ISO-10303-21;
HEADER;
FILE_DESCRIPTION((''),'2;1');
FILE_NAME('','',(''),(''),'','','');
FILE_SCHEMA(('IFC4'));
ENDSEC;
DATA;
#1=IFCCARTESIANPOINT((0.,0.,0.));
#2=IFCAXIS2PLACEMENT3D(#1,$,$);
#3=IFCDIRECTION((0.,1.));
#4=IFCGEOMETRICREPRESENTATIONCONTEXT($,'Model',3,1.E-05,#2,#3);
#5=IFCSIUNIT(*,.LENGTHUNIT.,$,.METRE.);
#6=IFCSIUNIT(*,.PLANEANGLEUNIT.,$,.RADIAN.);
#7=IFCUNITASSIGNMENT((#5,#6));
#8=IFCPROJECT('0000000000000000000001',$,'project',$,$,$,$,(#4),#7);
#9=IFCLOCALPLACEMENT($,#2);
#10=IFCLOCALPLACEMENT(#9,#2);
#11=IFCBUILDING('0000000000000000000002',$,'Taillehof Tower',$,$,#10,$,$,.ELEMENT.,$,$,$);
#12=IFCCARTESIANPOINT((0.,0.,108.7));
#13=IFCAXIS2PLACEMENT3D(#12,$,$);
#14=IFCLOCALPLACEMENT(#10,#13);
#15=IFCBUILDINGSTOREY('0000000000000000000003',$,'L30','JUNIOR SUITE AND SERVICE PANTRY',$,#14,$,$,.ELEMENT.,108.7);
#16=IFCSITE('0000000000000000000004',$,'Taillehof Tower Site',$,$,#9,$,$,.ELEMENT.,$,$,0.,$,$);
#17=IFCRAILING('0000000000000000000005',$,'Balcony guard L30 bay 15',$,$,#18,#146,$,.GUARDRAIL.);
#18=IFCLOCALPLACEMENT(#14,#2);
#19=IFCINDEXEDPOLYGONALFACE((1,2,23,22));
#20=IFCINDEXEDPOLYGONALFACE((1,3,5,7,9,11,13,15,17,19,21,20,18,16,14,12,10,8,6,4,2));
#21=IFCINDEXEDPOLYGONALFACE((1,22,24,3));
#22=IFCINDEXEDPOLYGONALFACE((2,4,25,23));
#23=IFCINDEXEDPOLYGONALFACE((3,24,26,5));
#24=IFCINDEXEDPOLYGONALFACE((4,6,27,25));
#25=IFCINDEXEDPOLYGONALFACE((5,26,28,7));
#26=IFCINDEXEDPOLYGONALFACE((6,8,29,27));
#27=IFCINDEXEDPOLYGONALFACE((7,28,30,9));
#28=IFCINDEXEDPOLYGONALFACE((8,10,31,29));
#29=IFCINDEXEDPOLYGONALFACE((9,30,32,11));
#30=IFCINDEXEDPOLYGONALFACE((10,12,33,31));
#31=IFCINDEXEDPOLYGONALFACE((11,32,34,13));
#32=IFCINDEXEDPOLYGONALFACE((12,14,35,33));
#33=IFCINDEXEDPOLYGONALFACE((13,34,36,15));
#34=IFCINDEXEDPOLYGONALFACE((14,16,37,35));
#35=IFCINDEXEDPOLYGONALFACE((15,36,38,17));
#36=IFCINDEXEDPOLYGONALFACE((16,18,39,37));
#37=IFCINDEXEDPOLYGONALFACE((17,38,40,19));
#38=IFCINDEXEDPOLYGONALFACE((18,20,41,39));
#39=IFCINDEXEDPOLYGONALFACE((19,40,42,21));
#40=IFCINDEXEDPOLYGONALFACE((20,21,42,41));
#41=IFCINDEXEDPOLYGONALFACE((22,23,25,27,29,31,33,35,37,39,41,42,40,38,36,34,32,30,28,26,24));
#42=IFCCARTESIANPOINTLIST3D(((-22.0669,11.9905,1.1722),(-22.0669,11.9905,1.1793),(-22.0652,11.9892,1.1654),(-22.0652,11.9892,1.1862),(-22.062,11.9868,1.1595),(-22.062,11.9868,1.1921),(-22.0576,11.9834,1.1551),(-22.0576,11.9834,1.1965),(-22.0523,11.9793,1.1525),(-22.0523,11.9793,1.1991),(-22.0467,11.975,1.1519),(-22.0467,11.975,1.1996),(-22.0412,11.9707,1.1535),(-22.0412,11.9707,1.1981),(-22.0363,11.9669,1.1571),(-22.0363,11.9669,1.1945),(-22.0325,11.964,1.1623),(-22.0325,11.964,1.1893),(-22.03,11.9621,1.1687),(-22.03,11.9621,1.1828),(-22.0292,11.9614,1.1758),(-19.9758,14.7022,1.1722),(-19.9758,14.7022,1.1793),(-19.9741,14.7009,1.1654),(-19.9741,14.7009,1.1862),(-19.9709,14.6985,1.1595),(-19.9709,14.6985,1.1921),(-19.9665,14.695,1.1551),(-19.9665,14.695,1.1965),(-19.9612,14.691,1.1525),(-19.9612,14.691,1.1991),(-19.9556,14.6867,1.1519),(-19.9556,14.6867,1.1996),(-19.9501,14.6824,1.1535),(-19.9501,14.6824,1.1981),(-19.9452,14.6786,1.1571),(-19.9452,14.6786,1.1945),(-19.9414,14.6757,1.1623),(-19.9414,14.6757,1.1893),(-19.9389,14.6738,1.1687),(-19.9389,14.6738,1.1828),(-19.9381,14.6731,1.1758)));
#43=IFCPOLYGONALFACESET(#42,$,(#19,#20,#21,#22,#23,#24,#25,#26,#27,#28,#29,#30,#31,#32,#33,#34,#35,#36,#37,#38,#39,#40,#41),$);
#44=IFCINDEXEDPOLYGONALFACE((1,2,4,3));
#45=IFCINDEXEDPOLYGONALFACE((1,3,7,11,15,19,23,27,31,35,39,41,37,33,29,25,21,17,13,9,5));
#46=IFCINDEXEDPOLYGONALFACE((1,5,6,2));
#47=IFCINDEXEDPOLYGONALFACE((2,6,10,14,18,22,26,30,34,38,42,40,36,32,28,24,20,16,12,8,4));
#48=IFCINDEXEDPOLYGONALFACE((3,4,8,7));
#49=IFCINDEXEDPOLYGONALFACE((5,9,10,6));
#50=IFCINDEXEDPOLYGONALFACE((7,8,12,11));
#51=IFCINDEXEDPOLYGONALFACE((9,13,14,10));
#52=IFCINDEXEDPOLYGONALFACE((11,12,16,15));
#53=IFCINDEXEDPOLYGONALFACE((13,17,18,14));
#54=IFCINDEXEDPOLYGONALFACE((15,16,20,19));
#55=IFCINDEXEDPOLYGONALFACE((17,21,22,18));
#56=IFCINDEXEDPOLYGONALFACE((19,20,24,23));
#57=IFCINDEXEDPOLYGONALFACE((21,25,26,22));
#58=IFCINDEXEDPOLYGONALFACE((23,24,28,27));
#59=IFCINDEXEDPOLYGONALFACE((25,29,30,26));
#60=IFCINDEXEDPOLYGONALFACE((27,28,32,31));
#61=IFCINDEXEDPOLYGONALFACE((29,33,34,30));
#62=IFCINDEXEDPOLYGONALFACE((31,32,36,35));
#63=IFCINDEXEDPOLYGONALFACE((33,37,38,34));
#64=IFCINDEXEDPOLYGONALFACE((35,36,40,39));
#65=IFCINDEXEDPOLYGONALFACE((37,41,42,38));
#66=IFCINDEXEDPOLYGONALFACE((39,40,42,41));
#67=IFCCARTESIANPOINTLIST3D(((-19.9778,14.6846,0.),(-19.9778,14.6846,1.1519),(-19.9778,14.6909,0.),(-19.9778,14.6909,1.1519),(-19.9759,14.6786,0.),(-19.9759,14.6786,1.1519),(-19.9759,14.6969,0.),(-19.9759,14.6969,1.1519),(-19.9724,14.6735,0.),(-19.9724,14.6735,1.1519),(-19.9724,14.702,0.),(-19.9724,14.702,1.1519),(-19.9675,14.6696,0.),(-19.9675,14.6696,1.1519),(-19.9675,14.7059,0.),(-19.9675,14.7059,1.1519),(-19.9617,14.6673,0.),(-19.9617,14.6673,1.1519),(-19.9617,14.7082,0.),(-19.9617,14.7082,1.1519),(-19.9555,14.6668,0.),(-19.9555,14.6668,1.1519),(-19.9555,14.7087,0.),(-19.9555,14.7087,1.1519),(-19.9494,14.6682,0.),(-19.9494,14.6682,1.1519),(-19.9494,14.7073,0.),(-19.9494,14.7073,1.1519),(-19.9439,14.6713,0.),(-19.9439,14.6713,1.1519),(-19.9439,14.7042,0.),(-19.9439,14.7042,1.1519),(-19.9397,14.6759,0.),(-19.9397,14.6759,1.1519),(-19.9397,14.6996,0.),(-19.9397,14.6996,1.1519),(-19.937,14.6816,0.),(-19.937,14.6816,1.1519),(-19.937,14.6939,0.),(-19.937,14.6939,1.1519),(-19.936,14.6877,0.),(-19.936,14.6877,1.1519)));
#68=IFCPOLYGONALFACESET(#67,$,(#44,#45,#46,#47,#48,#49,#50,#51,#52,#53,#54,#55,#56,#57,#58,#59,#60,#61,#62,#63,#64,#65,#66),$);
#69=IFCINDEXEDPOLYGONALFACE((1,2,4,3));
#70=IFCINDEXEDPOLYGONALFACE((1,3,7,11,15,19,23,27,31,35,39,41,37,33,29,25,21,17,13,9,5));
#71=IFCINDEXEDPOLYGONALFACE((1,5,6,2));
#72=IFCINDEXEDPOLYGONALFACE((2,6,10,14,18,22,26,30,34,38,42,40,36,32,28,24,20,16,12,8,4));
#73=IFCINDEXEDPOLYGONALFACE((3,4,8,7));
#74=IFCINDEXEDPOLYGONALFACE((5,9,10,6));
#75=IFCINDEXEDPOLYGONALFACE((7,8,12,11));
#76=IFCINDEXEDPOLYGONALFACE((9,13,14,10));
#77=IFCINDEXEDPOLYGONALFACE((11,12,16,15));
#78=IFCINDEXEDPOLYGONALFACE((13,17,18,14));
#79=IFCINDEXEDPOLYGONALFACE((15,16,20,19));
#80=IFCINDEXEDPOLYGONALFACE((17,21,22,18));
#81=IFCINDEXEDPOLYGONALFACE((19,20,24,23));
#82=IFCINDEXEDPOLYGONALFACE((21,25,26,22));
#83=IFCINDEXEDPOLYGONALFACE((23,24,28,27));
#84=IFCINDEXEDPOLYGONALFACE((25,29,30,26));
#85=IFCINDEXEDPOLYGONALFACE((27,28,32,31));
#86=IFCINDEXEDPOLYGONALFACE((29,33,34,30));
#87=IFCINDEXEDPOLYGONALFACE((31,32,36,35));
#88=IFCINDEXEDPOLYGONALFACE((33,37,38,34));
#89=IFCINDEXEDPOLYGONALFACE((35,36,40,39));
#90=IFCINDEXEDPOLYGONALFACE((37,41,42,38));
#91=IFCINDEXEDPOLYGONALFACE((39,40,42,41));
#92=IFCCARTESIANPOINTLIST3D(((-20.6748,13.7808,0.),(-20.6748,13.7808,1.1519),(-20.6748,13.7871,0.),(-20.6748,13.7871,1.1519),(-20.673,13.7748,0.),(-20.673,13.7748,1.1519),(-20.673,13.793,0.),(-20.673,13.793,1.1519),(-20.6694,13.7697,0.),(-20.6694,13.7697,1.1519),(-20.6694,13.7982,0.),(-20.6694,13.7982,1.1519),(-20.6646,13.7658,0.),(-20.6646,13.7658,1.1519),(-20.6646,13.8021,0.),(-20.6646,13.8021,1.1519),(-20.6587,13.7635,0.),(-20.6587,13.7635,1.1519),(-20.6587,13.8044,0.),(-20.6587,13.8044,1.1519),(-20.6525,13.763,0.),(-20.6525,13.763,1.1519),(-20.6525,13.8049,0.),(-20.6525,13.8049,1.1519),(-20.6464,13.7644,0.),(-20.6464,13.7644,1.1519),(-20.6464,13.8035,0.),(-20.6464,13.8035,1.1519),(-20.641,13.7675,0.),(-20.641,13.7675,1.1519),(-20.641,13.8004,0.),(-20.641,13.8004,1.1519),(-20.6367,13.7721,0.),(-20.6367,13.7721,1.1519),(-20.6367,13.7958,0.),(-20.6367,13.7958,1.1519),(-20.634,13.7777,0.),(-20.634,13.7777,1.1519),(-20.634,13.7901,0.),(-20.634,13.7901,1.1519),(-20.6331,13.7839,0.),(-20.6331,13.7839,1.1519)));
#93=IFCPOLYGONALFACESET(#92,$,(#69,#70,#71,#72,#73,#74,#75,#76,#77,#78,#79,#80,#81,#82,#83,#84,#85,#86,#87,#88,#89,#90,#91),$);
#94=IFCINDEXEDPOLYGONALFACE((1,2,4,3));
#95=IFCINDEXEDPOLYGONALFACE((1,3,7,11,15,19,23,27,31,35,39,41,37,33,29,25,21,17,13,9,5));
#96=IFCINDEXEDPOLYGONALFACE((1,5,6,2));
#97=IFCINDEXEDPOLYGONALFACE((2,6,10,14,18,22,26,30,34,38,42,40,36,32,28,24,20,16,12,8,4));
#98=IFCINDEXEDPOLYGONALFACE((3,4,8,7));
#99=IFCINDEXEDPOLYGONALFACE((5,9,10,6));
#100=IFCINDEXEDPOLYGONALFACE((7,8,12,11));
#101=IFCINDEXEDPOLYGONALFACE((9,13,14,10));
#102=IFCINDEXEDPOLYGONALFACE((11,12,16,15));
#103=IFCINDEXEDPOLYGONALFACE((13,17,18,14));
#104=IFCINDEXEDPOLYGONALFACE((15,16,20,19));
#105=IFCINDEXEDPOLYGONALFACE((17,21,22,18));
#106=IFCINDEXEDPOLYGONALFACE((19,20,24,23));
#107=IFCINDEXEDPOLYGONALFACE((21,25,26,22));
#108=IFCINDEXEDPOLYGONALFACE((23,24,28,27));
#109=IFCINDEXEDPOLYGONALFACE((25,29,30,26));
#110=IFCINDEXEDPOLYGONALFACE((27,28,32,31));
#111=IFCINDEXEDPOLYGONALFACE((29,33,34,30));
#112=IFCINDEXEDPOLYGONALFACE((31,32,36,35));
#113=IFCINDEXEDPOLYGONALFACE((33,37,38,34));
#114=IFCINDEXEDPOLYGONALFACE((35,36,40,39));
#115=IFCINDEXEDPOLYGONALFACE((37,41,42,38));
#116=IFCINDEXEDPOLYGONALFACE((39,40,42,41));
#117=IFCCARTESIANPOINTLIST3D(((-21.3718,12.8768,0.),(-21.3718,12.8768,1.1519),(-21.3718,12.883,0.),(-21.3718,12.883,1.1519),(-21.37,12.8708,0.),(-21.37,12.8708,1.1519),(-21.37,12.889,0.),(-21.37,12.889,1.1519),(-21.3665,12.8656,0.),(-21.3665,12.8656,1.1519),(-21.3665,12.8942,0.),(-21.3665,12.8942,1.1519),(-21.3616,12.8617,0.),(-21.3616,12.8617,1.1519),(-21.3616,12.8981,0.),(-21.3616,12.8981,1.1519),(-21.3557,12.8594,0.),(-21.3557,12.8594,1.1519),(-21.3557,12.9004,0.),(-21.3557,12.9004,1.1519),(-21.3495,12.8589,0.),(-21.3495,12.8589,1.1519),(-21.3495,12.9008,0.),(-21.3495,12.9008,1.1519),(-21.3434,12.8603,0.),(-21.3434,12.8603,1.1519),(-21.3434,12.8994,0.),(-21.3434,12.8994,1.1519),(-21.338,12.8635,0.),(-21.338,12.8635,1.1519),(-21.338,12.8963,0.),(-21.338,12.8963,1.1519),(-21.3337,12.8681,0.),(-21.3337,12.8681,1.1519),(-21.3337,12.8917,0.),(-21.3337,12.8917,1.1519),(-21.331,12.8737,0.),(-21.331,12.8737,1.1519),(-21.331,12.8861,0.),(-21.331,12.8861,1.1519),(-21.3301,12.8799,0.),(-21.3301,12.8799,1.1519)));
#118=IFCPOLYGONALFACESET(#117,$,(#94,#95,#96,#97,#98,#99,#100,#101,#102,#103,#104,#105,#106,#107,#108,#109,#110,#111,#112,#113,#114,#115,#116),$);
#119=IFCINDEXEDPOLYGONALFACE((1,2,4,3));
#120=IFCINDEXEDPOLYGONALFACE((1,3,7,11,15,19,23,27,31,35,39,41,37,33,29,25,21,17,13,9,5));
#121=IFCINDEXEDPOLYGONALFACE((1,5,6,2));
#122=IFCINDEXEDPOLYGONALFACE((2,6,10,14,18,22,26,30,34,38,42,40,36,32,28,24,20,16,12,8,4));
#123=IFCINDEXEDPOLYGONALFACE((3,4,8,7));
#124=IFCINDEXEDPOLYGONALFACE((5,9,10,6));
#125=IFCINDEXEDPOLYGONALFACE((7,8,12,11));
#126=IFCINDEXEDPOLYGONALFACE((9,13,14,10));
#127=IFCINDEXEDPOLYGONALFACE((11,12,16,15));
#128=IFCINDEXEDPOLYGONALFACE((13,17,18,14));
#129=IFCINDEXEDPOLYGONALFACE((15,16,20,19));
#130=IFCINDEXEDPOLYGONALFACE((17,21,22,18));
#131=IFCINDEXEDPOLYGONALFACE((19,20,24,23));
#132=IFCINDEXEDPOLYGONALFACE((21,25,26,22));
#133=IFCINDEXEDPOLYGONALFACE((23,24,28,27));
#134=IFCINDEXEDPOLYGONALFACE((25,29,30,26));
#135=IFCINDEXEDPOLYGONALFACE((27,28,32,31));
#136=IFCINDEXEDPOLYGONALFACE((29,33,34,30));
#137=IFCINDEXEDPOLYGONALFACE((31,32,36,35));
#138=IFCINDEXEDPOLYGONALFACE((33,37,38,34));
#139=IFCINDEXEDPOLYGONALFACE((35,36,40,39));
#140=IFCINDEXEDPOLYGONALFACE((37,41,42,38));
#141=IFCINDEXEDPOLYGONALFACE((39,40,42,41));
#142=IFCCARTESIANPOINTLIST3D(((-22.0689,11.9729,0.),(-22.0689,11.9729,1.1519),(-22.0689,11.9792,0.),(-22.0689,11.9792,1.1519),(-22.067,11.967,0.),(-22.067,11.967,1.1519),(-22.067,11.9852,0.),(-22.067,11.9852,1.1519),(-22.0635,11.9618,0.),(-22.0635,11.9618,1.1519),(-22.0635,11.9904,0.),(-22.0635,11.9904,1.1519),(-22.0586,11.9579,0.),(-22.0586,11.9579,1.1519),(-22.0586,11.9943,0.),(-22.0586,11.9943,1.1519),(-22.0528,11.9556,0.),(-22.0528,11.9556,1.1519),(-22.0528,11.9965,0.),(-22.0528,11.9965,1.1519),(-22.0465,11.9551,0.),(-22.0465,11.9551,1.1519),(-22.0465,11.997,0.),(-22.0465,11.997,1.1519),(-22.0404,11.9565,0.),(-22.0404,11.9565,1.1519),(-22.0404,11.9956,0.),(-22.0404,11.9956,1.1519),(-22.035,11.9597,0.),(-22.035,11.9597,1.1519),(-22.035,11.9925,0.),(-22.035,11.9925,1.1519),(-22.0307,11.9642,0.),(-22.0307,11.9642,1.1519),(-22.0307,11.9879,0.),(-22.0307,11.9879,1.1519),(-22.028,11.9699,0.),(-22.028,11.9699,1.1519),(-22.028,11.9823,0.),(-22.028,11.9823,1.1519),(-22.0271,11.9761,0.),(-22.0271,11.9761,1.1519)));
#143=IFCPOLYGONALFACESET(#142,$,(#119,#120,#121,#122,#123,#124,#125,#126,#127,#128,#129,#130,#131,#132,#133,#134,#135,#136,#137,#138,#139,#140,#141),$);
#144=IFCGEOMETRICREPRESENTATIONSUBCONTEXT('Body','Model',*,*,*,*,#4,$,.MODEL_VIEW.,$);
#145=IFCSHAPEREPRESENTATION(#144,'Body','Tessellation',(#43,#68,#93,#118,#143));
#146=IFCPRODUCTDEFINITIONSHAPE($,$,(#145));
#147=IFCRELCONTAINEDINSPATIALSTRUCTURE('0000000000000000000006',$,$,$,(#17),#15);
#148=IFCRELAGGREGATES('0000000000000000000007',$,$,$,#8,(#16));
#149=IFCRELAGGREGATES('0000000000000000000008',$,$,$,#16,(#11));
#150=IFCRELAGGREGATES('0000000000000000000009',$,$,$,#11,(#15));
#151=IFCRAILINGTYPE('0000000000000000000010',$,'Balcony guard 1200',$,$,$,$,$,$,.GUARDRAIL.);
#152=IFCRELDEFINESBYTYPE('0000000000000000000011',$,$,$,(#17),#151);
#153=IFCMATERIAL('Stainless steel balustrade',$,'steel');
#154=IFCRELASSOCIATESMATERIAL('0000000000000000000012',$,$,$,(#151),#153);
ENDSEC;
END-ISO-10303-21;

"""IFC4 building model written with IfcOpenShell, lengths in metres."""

from ifc_helpers import new_model, si_unit, direction, frame, origin, origin_2d, place, context, subcontext, project, spatial, circle, extrude, material, type_object, element, save


model = new_model("IFC4")

# Units and contexts
model_context = context("Model", 3, precision=1e-05, world=origin(), true_north=direction((0.0, 1.0)))
body_context = subcontext(model_context, "Body", "Model", "MODEL_VIEW")
ifc_project = project(units=[si_unit("LENGTHUNIT", "METRE"), si_unit("PLANEANGLEUNIT", "RADIAN")], contexts=[model_context])

# Site, building, storey
site_placement = place(None, origin())
site = spatial("IfcSite", under=ifc_project, at=site_placement, Name="Taillehof Tower Site", CompositionType="ELEMENT", RefElevation=0.0)
building_placement = place(site_placement, origin())
building = spatial("IfcBuilding", under=site, at=building_placement, Name="Taillehof Tower", CompositionType="ELEMENT")
storey_placement = place(building_placement, frame((0.0, 0.0, 108.7)))
storey = spatial("IfcBuildingStorey", under=building, at=storey_placement, Name="L30", Description="JUNIOR SUITE AND SERVICE PANTRY", CompositionType="ELEMENT", Elevation=108.7)

# Railing
ifc_material_1 = material(Name="Stainless steel balustrade", Category="steel")
railing_type_1 = type_object("IfcRailingType", Name="Balcony guard 1200", PredefinedType="GUARDRAIL", material=ifc_material_1)
railing_1_placement = place(storey_placement, frame((-19.957, 14.6877, 0.0)))
element("IfcRailing", 1, at=railing_1_placement, inside=storey, type_object=railing_type_1, Name="Balcony guard L30 bay 15", PredefinedType="GUARDRAIL", context=body_context, shape_type="SweptSolid", body=[
    extrude(circle(Radius=0.0239, at=origin_2d()), frame((0.0, 0.0, 1.1758), z_axis=(-0.610658, -0.791895, 0.0), x_axis=(0.791895, -0.610658, 0.0)), (0.0, 0.0, 1.0), 3.4243),
    extrude(circle(Radius=0.021, at=origin_2d()), origin(), (0.0, 0.0, 1.0), 1.1519),
    extrude(circle(Radius=0.021, at=origin_2d()), frame((-0.697, -0.9038, 0.0)), (0.0, 0.0, 1.0), 1.1519),
    extrude(circle(Radius=0.021, at=origin_2d()), frame((-1.394, -1.8079, 0.0)), (0.0, 0.0, 1.0), 1.1519),
    extrude(circle(Radius=0.021, at=origin_2d()), frame((-2.0911, -2.7117, 0.0)), (0.0, 0.0, 1.0), 1.1519),
])

save(model, "model.ifc")
